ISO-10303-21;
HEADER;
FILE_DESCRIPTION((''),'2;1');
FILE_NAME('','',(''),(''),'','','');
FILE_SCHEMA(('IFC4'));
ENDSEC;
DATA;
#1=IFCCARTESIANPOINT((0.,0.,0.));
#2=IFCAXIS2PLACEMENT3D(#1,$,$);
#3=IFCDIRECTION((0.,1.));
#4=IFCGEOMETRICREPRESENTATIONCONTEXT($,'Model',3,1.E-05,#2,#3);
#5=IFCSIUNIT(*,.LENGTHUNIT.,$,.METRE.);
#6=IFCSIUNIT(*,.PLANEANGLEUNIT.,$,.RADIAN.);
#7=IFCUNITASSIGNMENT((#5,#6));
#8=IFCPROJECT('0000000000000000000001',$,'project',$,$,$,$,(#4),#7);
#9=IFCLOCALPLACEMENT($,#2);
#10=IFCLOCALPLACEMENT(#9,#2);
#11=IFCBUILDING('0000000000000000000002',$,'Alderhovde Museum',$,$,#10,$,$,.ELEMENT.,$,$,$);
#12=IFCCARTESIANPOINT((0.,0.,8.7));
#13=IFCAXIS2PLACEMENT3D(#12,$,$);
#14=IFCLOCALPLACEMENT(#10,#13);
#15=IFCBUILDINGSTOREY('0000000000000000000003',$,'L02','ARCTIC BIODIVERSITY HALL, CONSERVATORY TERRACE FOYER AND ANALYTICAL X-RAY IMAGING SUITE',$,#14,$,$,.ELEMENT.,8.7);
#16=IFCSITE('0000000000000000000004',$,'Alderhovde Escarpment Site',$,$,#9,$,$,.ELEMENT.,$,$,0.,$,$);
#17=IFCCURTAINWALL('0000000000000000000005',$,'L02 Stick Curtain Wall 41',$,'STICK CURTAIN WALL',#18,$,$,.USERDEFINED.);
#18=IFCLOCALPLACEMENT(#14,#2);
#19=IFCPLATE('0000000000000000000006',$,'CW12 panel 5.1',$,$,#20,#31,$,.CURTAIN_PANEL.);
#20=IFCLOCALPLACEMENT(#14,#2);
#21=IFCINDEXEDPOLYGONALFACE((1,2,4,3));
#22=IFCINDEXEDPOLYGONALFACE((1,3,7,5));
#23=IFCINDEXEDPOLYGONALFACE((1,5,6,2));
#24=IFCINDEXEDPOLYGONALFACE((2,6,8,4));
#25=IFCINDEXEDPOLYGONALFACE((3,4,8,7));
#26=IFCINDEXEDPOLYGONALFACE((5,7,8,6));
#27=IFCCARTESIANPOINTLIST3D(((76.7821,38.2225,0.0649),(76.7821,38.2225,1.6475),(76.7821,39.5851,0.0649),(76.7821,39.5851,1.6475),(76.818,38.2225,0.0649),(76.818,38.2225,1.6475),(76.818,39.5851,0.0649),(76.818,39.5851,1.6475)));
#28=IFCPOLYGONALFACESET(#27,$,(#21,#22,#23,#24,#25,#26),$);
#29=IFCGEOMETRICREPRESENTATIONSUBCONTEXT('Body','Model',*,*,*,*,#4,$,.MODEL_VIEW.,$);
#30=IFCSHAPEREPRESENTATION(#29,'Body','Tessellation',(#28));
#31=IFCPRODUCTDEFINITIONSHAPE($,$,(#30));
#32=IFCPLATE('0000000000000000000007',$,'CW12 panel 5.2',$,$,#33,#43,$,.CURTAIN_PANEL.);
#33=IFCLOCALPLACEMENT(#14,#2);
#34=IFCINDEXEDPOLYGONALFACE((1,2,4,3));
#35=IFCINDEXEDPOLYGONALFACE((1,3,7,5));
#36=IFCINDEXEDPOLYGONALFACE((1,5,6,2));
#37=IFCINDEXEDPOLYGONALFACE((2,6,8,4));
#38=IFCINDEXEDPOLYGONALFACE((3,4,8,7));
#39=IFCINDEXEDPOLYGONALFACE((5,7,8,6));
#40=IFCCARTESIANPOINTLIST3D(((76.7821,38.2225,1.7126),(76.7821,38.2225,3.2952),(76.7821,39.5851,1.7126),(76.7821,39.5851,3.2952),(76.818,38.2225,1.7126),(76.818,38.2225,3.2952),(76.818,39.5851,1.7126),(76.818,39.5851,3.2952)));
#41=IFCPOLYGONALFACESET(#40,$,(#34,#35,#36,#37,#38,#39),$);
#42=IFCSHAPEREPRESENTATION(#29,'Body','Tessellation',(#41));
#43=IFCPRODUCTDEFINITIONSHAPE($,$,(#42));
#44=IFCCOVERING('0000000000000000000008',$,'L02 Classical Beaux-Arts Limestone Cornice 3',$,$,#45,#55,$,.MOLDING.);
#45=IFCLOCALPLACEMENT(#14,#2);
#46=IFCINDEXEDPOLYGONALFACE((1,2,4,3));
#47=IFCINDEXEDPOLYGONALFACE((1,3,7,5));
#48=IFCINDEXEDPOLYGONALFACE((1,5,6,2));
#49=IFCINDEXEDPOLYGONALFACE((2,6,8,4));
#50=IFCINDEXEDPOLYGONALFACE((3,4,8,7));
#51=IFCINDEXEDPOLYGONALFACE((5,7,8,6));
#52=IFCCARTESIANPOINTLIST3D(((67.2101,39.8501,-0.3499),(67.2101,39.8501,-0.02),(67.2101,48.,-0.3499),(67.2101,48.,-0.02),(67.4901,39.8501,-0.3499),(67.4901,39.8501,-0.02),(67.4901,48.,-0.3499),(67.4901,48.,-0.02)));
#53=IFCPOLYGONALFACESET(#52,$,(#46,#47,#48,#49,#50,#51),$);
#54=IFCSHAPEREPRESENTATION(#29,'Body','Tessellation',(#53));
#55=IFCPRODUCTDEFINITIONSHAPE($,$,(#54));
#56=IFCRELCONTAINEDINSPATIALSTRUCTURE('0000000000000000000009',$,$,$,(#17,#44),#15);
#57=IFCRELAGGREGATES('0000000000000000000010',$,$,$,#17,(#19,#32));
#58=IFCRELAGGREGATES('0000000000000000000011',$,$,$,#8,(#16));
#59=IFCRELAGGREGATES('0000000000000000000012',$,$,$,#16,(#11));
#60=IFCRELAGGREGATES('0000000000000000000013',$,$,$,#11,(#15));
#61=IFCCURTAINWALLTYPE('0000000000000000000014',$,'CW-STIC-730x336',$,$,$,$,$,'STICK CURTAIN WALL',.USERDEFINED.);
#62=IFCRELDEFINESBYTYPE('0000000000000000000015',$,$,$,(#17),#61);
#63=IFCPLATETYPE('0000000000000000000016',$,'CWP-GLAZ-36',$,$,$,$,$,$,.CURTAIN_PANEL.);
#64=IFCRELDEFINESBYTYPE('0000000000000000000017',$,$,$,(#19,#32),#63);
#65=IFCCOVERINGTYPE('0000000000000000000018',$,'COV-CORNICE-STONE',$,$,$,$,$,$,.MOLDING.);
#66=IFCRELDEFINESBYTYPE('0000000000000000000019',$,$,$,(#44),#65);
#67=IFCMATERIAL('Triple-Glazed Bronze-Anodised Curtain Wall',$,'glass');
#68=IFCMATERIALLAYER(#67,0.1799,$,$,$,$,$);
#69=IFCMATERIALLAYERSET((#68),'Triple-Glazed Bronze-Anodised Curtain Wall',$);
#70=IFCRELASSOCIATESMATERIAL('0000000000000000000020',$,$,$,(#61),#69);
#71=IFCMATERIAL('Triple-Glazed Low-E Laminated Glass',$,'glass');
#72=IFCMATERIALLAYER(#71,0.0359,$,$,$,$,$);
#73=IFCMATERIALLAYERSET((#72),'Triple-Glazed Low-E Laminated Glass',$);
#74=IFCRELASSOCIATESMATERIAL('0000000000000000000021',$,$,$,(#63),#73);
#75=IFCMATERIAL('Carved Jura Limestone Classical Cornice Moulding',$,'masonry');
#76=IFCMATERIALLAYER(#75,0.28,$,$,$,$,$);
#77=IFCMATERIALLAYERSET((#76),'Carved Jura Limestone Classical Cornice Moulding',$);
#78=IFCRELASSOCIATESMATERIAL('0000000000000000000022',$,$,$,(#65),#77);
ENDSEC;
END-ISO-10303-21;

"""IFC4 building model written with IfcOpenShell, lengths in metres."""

from ifc_helpers import new_model, si_unit, direction, frame, frame_2d, origin, origin_2d, place, context, subcontext, project, spatial, rectangle, extrude, material, layer, layer_set, type_object, element, aggregate, save


model = new_model("IFC4")

# Units and contexts
model_context = context("Model", 3, precision=1e-05, world=origin(), true_north=direction((0.0, 1.0)))
body_context = subcontext(model_context, "Body", "Model", "MODEL_VIEW")
ifc_project = project(units=[si_unit("LENGTHUNIT", "METRE"), si_unit("PLANEANGLEUNIT", "RADIAN")], contexts=[model_context])

# Site, building, storey
site_placement = place(None, origin())
site = spatial("IfcSite", under=ifc_project, at=site_placement, Name="Alderhovde Escarpment Site", CompositionType="ELEMENT", RefElevation=0.0)
building_placement = place(site_placement, origin())
building = spatial("IfcBuilding", under=site, at=building_placement, Name="Alderhovde Museum", CompositionType="ELEMENT")
storey_placement = place(building_placement, frame((0.0, 0.0, 8.7)))
storey = spatial("IfcBuildingStorey", under=building, at=storey_placement, Name="L02", Description="ARCTIC BIODIVERSITY HALL, CONSERVATORY TERRACE FOYER AND ANALYTICAL X-RAY IMAGING SUITE", CompositionType="ELEMENT", Elevation=8.7)

# Curtain wall
ifc_material_1 = material(Name="Triple-Glazed Bronze-Anodised Curtain Wall", Category="glass")
ifc_layer_1 = layer(ifc_material_1, 0.1799)
ifc_layer_set_1 = layer_set([ifc_layer_1], Name="Triple-Glazed Bronze-Anodised Curtain Wall")
curtain_wall_type = type_object("IfcCurtainWallType", Name="CW-STIC-730x336", ElementType="STICK CURTAIN WALL", PredefinedType="USERDEFINED", material=ifc_layer_set_1)
curtain_wall_1_placement = place(storey_placement, origin())
curtain_wall_1 = element("IfcCurtainWall", 1, at=curtain_wall_1_placement, inside=storey, type_object=curtain_wall_type, Name="L02 Stick Curtain Wall 41", ObjectType="STICK CURTAIN WALL", PredefinedType="USERDEFINED")

# Plates
ifc_material_2 = material(Name="Triple-Glazed Low-E Laminated Glass", Category="glass")
ifc_layer_2 = layer(ifc_material_2, 0.0359)
ifc_layer_set_2 = layer_set([ifc_layer_2], Name="Triple-Glazed Low-E Laminated Glass")
plate_type = type_object("IfcPlateType", Name="CWP-GLAZ-36", PredefinedType="CURTAIN_PANEL", material=ifc_layer_set_2)
plate_1_placement = place(storey_placement, frame((76.8, 38.9038, 0.0649), z_axis=(0.0, 0.0, 1.0), x_axis=(0.0, 1.0, 0.0)))
plate_1 = element("IfcPlate", 2, at=plate_1_placement, type_object=plate_type, Name="CW12 panel 5.1", PredefinedType="CURTAIN_PANEL", context=body_context, shape_type="SweptSolid", body=[
    extrude(rectangle(XDim=1.3625, YDim=0.0359, at=origin_2d()), origin(), (0.0, 0.0, 1.0), 1.5825),
])
plate_2_placement = place(storey_placement, frame((76.8, 38.9038, 1.7126), z_axis=(0.0, 0.0, 1.0), x_axis=(0.0, 1.0, 0.0)))
plate_2 = element("IfcPlate", 3, at=plate_2_placement, type_object=plate_type, Name="CW12 panel 5.2", PredefinedType="CURTAIN_PANEL", context=body_context, shape_type="SweptSolid", body=[
    extrude(rectangle(XDim=1.3625, YDim=0.0359, at=origin_2d()), origin(), (0.0, 0.0, 1.0), 1.5825),
])
aggregate(curtain_wall_1, [plate_1, plate_2])

# Covering
ifc_material_3 = material(Name="Carved Jura Limestone Classical Cornice Moulding", Category="masonry")
ifc_layer_3 = layer(ifc_material_3, 0.28)
ifc_layer_set_3 = layer_set([ifc_layer_3], Name="Carved Jura Limestone Classical Cornice Moulding")
covering_type = type_object("IfcCoveringType", Name="COV-CORNICE-STONE", PredefinedType="MOLDING", material=ifc_layer_set_3)
covering_placement = place(storey_placement, frame((67.3501, 39.8501, -0.3499), z_axis=(0.0, 0.0, 1.0), x_axis=(0.0, 1.0, 0.0)))
element("IfcCovering", 4, at=covering_placement, inside=storey, type_object=covering_type, Name="L02 Classical Beaux-Arts Limestone Cornice 3", PredefinedType="MOLDING", context=body_context, shape_type="SweptSolid", body=[
    extrude(rectangle(XDim=8.1499, YDim=0.28, at=frame_2d((4.075, 0.0))), origin(), (0.0, 0.0, 1.0), 0.3298),
])

save(model, "model.ifc")
